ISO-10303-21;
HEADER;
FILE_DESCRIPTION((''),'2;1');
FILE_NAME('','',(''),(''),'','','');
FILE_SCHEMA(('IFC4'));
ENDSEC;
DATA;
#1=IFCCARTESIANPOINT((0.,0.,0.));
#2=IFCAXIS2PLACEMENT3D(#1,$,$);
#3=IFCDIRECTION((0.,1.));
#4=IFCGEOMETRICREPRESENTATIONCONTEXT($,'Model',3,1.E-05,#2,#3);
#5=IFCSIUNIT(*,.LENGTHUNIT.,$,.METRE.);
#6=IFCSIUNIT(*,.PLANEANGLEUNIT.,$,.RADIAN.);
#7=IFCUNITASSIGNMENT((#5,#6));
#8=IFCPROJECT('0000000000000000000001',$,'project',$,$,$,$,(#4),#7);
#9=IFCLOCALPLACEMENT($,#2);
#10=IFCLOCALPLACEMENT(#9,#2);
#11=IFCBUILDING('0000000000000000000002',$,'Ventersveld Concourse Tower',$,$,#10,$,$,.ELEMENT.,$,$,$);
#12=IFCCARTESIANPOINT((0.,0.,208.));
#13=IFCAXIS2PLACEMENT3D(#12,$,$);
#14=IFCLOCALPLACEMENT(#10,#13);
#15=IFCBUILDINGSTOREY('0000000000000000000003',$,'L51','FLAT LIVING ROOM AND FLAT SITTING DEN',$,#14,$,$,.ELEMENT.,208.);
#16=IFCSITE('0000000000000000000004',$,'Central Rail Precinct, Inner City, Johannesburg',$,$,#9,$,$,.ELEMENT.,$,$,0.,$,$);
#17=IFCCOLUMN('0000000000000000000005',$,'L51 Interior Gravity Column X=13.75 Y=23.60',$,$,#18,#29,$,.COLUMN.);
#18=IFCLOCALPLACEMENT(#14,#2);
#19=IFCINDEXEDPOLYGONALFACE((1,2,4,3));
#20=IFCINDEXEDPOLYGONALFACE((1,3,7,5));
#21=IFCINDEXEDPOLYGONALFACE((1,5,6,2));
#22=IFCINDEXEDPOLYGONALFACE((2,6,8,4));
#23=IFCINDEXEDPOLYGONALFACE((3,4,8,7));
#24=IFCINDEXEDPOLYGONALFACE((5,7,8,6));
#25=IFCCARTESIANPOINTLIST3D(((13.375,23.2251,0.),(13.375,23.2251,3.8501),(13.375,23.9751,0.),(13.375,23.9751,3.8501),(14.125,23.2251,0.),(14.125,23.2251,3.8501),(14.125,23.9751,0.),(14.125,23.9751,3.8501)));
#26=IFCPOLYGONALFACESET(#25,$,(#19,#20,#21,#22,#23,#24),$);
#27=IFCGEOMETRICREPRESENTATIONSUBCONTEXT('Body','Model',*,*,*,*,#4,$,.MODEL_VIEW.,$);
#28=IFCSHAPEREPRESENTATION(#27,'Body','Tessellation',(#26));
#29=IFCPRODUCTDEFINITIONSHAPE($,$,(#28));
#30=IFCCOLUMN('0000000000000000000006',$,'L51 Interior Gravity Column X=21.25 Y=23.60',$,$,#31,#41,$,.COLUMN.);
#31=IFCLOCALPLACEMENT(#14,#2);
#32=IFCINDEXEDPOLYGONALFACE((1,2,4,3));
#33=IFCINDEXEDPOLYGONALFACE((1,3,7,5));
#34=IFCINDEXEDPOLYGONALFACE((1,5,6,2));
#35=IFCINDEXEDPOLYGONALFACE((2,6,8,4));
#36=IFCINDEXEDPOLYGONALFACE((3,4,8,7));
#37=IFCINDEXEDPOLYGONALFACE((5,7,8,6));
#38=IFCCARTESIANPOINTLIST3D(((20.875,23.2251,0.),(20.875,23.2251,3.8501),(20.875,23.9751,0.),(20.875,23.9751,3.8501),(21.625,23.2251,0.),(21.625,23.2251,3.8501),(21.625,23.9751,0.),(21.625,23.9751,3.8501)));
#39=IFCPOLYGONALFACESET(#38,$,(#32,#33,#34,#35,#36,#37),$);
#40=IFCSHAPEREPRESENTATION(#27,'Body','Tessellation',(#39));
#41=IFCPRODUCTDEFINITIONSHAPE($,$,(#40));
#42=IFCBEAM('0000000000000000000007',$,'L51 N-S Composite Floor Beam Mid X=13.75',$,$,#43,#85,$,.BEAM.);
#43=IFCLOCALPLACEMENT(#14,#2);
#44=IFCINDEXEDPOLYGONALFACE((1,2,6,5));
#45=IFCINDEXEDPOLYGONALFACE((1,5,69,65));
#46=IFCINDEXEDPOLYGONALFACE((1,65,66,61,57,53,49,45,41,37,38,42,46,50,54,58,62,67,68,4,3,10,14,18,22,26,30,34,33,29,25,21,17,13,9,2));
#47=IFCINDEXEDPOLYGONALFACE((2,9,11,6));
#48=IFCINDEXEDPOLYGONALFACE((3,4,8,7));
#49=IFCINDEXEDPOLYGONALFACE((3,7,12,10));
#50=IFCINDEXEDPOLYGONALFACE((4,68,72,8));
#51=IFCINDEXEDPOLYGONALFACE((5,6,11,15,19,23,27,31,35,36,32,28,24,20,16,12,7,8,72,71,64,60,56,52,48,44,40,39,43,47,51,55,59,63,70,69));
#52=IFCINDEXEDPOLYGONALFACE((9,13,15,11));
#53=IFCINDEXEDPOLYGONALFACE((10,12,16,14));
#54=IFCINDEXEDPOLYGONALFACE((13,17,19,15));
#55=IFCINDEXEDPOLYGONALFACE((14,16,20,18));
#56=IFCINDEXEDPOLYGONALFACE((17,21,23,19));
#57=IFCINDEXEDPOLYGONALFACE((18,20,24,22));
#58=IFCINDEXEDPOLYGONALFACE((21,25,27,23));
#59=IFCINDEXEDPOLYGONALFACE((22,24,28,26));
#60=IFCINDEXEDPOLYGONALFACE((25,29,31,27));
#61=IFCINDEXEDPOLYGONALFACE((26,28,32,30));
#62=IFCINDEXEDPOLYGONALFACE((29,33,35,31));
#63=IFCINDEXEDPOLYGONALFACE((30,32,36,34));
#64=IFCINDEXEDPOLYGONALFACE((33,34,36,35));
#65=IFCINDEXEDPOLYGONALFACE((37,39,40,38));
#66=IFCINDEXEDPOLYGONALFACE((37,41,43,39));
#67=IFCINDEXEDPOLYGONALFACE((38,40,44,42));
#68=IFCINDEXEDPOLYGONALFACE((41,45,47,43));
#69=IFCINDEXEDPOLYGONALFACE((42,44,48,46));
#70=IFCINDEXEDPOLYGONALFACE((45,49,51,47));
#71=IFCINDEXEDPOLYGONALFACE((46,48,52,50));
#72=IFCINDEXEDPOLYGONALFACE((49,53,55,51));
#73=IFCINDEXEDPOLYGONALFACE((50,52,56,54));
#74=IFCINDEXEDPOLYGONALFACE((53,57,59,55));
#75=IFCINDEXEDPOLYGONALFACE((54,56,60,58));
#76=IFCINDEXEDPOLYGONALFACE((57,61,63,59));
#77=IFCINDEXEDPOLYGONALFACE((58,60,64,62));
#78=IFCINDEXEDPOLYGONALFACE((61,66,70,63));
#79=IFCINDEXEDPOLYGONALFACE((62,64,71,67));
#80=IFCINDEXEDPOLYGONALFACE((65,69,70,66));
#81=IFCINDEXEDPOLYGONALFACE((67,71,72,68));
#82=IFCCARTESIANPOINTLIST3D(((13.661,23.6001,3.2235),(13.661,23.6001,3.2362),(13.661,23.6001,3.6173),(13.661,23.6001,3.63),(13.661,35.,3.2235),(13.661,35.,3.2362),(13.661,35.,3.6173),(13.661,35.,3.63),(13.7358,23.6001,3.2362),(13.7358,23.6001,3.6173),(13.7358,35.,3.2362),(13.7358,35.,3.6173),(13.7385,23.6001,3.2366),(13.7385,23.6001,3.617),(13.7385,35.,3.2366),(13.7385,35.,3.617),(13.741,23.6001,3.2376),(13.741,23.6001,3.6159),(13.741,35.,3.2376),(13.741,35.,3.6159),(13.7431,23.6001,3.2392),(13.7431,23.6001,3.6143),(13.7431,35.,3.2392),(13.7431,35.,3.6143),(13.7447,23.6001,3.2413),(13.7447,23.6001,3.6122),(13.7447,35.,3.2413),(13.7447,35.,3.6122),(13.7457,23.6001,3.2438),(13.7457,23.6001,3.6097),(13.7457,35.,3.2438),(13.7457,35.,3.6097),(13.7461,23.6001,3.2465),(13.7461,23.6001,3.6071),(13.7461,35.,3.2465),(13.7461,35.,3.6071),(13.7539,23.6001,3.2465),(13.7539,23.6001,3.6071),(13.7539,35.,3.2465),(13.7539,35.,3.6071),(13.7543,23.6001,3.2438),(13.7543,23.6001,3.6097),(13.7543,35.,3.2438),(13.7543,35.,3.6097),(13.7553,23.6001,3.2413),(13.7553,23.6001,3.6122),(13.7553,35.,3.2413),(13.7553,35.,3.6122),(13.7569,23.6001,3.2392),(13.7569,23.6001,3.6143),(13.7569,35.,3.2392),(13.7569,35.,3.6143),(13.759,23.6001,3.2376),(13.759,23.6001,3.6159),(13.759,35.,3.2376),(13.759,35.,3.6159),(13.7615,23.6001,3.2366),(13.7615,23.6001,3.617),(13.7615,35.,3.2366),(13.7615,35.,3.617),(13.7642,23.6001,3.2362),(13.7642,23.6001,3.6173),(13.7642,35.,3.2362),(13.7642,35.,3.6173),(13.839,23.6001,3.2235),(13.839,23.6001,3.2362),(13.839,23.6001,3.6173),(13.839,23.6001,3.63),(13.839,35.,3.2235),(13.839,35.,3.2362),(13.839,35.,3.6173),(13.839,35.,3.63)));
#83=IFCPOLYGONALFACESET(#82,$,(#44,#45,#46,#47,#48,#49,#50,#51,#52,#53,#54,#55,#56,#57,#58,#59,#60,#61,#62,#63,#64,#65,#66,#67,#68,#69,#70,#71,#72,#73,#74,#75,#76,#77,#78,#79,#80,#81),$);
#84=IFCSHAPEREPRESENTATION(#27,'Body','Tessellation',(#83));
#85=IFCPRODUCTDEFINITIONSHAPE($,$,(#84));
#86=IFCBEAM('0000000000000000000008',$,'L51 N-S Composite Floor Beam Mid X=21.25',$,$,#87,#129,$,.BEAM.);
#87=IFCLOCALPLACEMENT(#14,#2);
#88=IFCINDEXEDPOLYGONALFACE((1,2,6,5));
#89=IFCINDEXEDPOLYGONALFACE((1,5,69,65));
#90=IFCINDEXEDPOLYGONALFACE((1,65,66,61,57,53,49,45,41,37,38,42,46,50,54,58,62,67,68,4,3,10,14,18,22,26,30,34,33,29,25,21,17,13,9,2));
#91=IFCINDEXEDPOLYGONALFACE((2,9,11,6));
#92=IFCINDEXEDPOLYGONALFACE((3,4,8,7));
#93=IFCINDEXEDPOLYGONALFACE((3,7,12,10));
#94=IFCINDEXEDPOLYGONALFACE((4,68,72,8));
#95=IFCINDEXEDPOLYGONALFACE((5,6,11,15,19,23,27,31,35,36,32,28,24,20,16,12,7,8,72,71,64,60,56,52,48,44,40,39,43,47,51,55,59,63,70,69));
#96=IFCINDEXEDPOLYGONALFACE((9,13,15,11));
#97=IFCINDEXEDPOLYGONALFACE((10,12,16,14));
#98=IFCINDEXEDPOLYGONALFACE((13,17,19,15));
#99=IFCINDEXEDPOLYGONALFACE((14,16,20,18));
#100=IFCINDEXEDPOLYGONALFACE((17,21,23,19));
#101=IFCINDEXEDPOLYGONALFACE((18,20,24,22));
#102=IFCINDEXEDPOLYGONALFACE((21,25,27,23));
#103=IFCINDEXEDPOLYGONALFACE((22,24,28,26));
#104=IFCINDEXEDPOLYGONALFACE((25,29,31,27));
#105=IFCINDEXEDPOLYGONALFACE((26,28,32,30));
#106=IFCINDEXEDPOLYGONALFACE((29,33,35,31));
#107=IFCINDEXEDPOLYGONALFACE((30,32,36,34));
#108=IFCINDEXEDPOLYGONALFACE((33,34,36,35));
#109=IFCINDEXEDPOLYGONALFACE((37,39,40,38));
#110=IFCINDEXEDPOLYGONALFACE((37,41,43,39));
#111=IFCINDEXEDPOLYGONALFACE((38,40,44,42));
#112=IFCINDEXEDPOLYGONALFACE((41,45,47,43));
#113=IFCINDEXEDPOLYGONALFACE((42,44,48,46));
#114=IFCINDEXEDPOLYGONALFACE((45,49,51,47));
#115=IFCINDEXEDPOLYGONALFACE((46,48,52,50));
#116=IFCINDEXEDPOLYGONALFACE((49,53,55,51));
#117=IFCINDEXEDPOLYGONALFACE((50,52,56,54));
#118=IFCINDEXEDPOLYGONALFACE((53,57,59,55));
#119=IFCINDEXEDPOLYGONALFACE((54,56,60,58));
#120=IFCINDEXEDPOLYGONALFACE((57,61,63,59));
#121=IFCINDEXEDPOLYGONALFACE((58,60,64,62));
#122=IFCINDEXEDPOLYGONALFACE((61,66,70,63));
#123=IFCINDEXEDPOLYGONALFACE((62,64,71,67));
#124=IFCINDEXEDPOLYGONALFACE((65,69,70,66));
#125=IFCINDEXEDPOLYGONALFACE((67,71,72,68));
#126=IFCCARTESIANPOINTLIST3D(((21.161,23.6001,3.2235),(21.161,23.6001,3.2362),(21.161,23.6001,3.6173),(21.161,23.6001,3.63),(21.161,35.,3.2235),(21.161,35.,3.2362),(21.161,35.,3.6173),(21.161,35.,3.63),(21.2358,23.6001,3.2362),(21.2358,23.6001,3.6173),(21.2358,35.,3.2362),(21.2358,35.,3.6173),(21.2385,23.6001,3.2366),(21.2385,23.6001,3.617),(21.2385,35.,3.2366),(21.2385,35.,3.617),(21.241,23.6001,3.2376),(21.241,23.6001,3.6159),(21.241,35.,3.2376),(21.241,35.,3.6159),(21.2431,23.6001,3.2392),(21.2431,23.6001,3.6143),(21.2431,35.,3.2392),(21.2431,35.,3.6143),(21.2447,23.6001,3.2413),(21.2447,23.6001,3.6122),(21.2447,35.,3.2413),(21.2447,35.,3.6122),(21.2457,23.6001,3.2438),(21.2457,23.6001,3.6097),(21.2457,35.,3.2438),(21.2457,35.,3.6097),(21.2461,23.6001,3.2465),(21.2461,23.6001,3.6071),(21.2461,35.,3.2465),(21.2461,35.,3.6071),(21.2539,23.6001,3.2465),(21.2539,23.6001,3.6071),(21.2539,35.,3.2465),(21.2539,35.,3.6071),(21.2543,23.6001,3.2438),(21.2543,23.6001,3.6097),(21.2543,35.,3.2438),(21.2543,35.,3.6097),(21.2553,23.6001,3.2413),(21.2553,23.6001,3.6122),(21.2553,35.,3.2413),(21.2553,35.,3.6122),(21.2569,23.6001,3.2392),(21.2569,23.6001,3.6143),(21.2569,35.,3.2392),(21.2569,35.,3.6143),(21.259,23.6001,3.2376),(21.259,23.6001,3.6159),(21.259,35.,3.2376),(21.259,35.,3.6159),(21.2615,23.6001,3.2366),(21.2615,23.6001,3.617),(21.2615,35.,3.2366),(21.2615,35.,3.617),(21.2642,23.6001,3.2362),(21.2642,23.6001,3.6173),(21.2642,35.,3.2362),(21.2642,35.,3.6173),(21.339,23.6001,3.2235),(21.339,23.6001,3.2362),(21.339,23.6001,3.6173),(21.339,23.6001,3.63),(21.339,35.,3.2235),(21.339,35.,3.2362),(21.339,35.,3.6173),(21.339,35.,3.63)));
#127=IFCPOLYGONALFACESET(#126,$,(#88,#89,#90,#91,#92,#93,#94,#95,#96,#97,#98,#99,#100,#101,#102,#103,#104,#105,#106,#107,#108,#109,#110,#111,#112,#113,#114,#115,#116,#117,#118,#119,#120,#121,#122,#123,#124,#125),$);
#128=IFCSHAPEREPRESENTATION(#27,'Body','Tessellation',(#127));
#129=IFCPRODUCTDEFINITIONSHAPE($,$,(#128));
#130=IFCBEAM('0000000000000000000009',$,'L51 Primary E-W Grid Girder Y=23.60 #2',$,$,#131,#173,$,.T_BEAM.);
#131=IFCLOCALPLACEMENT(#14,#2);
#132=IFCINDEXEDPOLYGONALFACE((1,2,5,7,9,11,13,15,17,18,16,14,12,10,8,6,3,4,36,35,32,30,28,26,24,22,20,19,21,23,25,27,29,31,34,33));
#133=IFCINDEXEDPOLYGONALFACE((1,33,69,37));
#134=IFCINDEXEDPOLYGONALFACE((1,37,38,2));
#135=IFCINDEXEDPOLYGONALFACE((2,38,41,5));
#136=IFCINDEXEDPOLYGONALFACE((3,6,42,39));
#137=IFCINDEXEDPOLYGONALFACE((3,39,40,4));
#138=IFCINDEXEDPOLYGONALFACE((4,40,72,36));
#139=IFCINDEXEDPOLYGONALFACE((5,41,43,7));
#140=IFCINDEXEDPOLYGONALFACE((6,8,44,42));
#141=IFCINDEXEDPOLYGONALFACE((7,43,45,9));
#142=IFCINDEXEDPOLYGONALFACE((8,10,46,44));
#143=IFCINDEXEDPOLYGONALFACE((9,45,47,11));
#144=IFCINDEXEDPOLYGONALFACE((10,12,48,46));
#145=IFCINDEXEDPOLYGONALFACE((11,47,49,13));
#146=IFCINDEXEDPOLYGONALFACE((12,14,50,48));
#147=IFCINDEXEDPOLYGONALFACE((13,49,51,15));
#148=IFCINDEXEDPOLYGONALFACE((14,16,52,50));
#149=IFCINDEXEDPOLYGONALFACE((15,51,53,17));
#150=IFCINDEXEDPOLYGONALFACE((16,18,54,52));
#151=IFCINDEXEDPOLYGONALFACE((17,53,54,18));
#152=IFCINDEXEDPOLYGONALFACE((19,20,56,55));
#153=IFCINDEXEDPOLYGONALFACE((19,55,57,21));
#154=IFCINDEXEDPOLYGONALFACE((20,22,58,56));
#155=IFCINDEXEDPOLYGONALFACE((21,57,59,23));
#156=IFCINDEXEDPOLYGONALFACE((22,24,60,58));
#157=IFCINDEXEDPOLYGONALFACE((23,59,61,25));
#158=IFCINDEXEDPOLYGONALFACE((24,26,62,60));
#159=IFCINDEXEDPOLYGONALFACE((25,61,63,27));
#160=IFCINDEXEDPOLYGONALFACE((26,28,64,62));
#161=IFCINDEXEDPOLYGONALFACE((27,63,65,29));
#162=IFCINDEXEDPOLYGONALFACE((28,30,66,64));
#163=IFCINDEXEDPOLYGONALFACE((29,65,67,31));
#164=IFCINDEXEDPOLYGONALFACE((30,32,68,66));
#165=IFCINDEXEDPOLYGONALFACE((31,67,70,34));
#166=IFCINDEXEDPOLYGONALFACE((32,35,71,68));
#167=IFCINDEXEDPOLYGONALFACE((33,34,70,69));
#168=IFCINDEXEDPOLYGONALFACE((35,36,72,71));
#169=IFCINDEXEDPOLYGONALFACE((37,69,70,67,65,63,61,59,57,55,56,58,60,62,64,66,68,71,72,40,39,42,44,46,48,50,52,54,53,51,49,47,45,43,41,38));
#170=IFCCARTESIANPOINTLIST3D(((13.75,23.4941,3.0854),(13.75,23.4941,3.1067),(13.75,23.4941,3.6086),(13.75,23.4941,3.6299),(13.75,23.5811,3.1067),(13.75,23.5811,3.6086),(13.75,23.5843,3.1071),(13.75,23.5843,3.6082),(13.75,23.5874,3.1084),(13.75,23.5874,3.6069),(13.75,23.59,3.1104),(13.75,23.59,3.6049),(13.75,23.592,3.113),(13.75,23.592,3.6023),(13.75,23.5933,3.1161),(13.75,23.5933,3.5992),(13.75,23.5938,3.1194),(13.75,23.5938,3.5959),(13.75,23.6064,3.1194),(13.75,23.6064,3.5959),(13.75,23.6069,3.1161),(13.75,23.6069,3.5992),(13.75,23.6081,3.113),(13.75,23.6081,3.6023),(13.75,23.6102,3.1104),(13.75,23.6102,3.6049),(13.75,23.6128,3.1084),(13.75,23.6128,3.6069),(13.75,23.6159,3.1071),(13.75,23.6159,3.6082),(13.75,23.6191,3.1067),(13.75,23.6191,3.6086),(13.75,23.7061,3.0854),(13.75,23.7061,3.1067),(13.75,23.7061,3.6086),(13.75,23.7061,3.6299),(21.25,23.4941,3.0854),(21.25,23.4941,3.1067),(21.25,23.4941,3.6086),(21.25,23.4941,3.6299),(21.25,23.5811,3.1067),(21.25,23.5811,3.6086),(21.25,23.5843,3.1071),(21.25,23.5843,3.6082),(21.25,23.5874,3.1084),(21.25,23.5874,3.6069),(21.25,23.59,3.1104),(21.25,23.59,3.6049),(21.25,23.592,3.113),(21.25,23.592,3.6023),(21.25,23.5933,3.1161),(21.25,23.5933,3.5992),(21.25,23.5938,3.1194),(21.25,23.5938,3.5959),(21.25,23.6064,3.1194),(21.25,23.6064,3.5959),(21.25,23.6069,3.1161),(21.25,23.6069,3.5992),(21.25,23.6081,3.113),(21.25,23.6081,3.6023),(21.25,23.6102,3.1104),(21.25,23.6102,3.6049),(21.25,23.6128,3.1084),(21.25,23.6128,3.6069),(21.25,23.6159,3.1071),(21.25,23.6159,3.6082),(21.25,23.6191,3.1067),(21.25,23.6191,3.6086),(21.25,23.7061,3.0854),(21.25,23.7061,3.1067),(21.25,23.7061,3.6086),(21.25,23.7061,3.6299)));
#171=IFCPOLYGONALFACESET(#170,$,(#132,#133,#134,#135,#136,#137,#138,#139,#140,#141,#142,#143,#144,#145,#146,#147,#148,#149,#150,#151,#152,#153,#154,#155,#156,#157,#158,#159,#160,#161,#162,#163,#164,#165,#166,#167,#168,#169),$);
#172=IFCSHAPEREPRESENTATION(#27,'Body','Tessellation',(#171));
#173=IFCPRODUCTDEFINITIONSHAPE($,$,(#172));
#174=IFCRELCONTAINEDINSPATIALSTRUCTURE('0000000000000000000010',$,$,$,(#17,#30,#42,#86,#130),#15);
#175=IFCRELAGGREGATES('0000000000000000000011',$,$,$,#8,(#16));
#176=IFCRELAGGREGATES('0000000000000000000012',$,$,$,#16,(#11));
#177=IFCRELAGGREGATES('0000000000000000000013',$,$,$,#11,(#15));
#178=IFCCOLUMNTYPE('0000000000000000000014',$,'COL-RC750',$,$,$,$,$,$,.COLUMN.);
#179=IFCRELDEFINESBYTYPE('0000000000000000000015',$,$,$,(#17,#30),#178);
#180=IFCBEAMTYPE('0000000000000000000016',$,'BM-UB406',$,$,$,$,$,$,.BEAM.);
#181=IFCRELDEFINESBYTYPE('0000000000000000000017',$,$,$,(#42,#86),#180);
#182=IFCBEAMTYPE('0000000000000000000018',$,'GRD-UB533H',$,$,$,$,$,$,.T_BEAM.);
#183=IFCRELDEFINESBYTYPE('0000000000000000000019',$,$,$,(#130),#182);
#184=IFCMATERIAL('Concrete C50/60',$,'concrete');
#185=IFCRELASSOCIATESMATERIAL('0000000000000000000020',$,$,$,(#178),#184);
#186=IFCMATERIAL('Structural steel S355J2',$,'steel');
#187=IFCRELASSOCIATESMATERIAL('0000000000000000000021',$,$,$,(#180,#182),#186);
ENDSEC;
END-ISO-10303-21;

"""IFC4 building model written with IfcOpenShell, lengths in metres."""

from ifc_helpers import new_model, si_unit, direction, frame, origin, origin_2d, place, context, subcontext, project, spatial, rectangle, i_section, extrude, material, material_profile, profile_set, type_object, element, save


model = new_model("IFC4")

# Units and contexts
model_context = context("Model", 3, precision=1e-05, world=origin(), true_north=direction((0.0, 1.0)))
body_context = subcontext(model_context, "Body", "Model", "MODEL_VIEW")
ifc_project = project(units=[si_unit("LENGTHUNIT", "METRE"), si_unit("PLANEANGLEUNIT", "RADIAN")], contexts=[model_context])

# Site, building, storey
site_placement = place(None, origin())
site = spatial("IfcSite", under=ifc_project, at=site_placement, Name="Central Rail Precinct, Inner City, Johannesburg", CompositionType="ELEMENT", RefElevation=0.0)
building_placement = place(site_placement, origin())
building = spatial("IfcBuilding", under=site, at=building_placement, Name="Ventersveld Concourse Tower", CompositionType="ELEMENT")
storey_placement = place(building_placement, frame((0.0, 0.0, 208.0)))
storey = spatial("IfcBuildingStorey", under=building, at=storey_placement, Name="L51", Description="FLAT LIVING ROOM AND FLAT SITTING DEN", CompositionType="ELEMENT", Elevation=208.0)

# Columns
ifc_material_1 = material(Name="Concrete C50/60", Category="concrete")
ifc_material_profile_1 = material_profile(ifc_material_1, rectangle(XDim=0.75, YDim=0.75, at=origin_2d()), Name="RC 750x750")
ifc_profile_set_1 = profile_set([ifc_material_profile_1], Name="Concrete C50/60")
column_type = type_object("IfcColumnType", Name="COL-RC750", PredefinedType="COLUMN", material=ifc_profile_set_1)
for number, where, z_axis, x_axis, name in (
    (1, (13.75, 23.6001, 0.0), (0.0, 0.0, 1.0), (1.0, 0.0, 0.0), "L51 Interior Gravity Column X=13.75 Y=23.60"),
    (2, (21.25, 23.6001, 0.0), (0.0, 0.0, 1.0), (1.0, 0.0, 0.0), "L51 Interior Gravity Column X=21.25 Y=23.60"),
):
    element("IfcColumn", number, at=place(storey_placement, frame(where, z_axis=z_axis, x_axis=x_axis)), inside=storey, type_object=column_type, Name=name, PredefinedType="COLUMN", context=body_context, shape_type="SweptSolid", body=[
        extrude(rectangle(XDim=0.75, YDim=0.75, at=origin_2d()), origin(), (0.0, 0.0, 1.0), 3.8501),
    ])

# Beams
ifc_material_2 = material(Name="Structural steel S355J2", Category="steel")
ifc_material_profile_2 = material_profile(ifc_material_2, i_section(OverallWidth=0.178, OverallDepth=0.4065, WebThickness=0.0078, FlangeThickness=0.0127, FilletRadius=0.0103, at=origin_2d()), Name="UB 406x178x60")
ifc_profile_set_2 = profile_set([ifc_material_profile_2], Name="Structural steel S355J2")
beam_type_1 = type_object("IfcBeamType", Name="BM-UB406", PredefinedType="BEAM", material=ifc_profile_set_2)
for number, where, z_axis, x_axis, name in (
    (3, (13.75, 23.6001, 3.4268), (0.0, 1.0, 0.0), (-1.0, 0.0, 0.0), "L51 N-S Composite Floor Beam Mid X=13.75"),
    (4, (21.25, 23.6001, 3.4268), (0.0, 1.0, 0.0), (-1.0, 0.0, 0.0), "L51 N-S Composite Floor Beam Mid X=21.25"),
):
    element("IfcBeam", number, at=place(storey_placement, frame(where, z_axis=z_axis, x_axis=x_axis)), inside=storey, type_object=beam_type_1, Name=name, PredefinedType="BEAM", context=body_context, shape_type="SweptSolid", body=[
        extrude(i_section(OverallWidth=0.178, OverallDepth=0.4065, WebThickness=0.0078, FlangeThickness=0.0127, FilletRadius=0.0103, at=origin_2d()), origin(), (0.0, 0.0, 1.0), 11.3999),
    ])
ifc_material_profile_3 = material_profile(ifc_material_2, i_section(OverallWidth=0.2119, OverallDepth=0.5444, WebThickness=0.0127, FlangeThickness=0.0212, FilletRadius=0.0127, at=origin_2d()), Name="UB 533x210x122")
ifc_profile_set_3 = profile_set([ifc_material_profile_3], Name="Structural steel S355J2")
beam_type_2 = type_object("IfcBeamType", Name="GRD-UB533H", PredefinedType="T_BEAM", material=ifc_profile_set_3)
for number, where, z_axis, x_axis, name in (
    (5, (13.75, 23.6001, 3.3577), (1.0, 0.0, 0.0), (0.0, 1.0, 0.0), "L51 Primary E-W Grid Girder Y=23.60 #2"),
):
    element("IfcBeam", number, at=place(storey_placement, frame(where, z_axis=z_axis, x_axis=x_axis)), inside=storey, type_object=beam_type_2, Name=name, PredefinedType="T_BEAM", context=body_context, shape_type="SweptSolid", body=[
        extrude(i_section(OverallWidth=0.2119, OverallDepth=0.5444, WebThickness=0.0127, FlangeThickness=0.0212, FilletRadius=0.0127, at=origin_2d()), origin(), (0.0, 0.0, 1.0), 7.5),
    ])

save(model, "model.ifc")
